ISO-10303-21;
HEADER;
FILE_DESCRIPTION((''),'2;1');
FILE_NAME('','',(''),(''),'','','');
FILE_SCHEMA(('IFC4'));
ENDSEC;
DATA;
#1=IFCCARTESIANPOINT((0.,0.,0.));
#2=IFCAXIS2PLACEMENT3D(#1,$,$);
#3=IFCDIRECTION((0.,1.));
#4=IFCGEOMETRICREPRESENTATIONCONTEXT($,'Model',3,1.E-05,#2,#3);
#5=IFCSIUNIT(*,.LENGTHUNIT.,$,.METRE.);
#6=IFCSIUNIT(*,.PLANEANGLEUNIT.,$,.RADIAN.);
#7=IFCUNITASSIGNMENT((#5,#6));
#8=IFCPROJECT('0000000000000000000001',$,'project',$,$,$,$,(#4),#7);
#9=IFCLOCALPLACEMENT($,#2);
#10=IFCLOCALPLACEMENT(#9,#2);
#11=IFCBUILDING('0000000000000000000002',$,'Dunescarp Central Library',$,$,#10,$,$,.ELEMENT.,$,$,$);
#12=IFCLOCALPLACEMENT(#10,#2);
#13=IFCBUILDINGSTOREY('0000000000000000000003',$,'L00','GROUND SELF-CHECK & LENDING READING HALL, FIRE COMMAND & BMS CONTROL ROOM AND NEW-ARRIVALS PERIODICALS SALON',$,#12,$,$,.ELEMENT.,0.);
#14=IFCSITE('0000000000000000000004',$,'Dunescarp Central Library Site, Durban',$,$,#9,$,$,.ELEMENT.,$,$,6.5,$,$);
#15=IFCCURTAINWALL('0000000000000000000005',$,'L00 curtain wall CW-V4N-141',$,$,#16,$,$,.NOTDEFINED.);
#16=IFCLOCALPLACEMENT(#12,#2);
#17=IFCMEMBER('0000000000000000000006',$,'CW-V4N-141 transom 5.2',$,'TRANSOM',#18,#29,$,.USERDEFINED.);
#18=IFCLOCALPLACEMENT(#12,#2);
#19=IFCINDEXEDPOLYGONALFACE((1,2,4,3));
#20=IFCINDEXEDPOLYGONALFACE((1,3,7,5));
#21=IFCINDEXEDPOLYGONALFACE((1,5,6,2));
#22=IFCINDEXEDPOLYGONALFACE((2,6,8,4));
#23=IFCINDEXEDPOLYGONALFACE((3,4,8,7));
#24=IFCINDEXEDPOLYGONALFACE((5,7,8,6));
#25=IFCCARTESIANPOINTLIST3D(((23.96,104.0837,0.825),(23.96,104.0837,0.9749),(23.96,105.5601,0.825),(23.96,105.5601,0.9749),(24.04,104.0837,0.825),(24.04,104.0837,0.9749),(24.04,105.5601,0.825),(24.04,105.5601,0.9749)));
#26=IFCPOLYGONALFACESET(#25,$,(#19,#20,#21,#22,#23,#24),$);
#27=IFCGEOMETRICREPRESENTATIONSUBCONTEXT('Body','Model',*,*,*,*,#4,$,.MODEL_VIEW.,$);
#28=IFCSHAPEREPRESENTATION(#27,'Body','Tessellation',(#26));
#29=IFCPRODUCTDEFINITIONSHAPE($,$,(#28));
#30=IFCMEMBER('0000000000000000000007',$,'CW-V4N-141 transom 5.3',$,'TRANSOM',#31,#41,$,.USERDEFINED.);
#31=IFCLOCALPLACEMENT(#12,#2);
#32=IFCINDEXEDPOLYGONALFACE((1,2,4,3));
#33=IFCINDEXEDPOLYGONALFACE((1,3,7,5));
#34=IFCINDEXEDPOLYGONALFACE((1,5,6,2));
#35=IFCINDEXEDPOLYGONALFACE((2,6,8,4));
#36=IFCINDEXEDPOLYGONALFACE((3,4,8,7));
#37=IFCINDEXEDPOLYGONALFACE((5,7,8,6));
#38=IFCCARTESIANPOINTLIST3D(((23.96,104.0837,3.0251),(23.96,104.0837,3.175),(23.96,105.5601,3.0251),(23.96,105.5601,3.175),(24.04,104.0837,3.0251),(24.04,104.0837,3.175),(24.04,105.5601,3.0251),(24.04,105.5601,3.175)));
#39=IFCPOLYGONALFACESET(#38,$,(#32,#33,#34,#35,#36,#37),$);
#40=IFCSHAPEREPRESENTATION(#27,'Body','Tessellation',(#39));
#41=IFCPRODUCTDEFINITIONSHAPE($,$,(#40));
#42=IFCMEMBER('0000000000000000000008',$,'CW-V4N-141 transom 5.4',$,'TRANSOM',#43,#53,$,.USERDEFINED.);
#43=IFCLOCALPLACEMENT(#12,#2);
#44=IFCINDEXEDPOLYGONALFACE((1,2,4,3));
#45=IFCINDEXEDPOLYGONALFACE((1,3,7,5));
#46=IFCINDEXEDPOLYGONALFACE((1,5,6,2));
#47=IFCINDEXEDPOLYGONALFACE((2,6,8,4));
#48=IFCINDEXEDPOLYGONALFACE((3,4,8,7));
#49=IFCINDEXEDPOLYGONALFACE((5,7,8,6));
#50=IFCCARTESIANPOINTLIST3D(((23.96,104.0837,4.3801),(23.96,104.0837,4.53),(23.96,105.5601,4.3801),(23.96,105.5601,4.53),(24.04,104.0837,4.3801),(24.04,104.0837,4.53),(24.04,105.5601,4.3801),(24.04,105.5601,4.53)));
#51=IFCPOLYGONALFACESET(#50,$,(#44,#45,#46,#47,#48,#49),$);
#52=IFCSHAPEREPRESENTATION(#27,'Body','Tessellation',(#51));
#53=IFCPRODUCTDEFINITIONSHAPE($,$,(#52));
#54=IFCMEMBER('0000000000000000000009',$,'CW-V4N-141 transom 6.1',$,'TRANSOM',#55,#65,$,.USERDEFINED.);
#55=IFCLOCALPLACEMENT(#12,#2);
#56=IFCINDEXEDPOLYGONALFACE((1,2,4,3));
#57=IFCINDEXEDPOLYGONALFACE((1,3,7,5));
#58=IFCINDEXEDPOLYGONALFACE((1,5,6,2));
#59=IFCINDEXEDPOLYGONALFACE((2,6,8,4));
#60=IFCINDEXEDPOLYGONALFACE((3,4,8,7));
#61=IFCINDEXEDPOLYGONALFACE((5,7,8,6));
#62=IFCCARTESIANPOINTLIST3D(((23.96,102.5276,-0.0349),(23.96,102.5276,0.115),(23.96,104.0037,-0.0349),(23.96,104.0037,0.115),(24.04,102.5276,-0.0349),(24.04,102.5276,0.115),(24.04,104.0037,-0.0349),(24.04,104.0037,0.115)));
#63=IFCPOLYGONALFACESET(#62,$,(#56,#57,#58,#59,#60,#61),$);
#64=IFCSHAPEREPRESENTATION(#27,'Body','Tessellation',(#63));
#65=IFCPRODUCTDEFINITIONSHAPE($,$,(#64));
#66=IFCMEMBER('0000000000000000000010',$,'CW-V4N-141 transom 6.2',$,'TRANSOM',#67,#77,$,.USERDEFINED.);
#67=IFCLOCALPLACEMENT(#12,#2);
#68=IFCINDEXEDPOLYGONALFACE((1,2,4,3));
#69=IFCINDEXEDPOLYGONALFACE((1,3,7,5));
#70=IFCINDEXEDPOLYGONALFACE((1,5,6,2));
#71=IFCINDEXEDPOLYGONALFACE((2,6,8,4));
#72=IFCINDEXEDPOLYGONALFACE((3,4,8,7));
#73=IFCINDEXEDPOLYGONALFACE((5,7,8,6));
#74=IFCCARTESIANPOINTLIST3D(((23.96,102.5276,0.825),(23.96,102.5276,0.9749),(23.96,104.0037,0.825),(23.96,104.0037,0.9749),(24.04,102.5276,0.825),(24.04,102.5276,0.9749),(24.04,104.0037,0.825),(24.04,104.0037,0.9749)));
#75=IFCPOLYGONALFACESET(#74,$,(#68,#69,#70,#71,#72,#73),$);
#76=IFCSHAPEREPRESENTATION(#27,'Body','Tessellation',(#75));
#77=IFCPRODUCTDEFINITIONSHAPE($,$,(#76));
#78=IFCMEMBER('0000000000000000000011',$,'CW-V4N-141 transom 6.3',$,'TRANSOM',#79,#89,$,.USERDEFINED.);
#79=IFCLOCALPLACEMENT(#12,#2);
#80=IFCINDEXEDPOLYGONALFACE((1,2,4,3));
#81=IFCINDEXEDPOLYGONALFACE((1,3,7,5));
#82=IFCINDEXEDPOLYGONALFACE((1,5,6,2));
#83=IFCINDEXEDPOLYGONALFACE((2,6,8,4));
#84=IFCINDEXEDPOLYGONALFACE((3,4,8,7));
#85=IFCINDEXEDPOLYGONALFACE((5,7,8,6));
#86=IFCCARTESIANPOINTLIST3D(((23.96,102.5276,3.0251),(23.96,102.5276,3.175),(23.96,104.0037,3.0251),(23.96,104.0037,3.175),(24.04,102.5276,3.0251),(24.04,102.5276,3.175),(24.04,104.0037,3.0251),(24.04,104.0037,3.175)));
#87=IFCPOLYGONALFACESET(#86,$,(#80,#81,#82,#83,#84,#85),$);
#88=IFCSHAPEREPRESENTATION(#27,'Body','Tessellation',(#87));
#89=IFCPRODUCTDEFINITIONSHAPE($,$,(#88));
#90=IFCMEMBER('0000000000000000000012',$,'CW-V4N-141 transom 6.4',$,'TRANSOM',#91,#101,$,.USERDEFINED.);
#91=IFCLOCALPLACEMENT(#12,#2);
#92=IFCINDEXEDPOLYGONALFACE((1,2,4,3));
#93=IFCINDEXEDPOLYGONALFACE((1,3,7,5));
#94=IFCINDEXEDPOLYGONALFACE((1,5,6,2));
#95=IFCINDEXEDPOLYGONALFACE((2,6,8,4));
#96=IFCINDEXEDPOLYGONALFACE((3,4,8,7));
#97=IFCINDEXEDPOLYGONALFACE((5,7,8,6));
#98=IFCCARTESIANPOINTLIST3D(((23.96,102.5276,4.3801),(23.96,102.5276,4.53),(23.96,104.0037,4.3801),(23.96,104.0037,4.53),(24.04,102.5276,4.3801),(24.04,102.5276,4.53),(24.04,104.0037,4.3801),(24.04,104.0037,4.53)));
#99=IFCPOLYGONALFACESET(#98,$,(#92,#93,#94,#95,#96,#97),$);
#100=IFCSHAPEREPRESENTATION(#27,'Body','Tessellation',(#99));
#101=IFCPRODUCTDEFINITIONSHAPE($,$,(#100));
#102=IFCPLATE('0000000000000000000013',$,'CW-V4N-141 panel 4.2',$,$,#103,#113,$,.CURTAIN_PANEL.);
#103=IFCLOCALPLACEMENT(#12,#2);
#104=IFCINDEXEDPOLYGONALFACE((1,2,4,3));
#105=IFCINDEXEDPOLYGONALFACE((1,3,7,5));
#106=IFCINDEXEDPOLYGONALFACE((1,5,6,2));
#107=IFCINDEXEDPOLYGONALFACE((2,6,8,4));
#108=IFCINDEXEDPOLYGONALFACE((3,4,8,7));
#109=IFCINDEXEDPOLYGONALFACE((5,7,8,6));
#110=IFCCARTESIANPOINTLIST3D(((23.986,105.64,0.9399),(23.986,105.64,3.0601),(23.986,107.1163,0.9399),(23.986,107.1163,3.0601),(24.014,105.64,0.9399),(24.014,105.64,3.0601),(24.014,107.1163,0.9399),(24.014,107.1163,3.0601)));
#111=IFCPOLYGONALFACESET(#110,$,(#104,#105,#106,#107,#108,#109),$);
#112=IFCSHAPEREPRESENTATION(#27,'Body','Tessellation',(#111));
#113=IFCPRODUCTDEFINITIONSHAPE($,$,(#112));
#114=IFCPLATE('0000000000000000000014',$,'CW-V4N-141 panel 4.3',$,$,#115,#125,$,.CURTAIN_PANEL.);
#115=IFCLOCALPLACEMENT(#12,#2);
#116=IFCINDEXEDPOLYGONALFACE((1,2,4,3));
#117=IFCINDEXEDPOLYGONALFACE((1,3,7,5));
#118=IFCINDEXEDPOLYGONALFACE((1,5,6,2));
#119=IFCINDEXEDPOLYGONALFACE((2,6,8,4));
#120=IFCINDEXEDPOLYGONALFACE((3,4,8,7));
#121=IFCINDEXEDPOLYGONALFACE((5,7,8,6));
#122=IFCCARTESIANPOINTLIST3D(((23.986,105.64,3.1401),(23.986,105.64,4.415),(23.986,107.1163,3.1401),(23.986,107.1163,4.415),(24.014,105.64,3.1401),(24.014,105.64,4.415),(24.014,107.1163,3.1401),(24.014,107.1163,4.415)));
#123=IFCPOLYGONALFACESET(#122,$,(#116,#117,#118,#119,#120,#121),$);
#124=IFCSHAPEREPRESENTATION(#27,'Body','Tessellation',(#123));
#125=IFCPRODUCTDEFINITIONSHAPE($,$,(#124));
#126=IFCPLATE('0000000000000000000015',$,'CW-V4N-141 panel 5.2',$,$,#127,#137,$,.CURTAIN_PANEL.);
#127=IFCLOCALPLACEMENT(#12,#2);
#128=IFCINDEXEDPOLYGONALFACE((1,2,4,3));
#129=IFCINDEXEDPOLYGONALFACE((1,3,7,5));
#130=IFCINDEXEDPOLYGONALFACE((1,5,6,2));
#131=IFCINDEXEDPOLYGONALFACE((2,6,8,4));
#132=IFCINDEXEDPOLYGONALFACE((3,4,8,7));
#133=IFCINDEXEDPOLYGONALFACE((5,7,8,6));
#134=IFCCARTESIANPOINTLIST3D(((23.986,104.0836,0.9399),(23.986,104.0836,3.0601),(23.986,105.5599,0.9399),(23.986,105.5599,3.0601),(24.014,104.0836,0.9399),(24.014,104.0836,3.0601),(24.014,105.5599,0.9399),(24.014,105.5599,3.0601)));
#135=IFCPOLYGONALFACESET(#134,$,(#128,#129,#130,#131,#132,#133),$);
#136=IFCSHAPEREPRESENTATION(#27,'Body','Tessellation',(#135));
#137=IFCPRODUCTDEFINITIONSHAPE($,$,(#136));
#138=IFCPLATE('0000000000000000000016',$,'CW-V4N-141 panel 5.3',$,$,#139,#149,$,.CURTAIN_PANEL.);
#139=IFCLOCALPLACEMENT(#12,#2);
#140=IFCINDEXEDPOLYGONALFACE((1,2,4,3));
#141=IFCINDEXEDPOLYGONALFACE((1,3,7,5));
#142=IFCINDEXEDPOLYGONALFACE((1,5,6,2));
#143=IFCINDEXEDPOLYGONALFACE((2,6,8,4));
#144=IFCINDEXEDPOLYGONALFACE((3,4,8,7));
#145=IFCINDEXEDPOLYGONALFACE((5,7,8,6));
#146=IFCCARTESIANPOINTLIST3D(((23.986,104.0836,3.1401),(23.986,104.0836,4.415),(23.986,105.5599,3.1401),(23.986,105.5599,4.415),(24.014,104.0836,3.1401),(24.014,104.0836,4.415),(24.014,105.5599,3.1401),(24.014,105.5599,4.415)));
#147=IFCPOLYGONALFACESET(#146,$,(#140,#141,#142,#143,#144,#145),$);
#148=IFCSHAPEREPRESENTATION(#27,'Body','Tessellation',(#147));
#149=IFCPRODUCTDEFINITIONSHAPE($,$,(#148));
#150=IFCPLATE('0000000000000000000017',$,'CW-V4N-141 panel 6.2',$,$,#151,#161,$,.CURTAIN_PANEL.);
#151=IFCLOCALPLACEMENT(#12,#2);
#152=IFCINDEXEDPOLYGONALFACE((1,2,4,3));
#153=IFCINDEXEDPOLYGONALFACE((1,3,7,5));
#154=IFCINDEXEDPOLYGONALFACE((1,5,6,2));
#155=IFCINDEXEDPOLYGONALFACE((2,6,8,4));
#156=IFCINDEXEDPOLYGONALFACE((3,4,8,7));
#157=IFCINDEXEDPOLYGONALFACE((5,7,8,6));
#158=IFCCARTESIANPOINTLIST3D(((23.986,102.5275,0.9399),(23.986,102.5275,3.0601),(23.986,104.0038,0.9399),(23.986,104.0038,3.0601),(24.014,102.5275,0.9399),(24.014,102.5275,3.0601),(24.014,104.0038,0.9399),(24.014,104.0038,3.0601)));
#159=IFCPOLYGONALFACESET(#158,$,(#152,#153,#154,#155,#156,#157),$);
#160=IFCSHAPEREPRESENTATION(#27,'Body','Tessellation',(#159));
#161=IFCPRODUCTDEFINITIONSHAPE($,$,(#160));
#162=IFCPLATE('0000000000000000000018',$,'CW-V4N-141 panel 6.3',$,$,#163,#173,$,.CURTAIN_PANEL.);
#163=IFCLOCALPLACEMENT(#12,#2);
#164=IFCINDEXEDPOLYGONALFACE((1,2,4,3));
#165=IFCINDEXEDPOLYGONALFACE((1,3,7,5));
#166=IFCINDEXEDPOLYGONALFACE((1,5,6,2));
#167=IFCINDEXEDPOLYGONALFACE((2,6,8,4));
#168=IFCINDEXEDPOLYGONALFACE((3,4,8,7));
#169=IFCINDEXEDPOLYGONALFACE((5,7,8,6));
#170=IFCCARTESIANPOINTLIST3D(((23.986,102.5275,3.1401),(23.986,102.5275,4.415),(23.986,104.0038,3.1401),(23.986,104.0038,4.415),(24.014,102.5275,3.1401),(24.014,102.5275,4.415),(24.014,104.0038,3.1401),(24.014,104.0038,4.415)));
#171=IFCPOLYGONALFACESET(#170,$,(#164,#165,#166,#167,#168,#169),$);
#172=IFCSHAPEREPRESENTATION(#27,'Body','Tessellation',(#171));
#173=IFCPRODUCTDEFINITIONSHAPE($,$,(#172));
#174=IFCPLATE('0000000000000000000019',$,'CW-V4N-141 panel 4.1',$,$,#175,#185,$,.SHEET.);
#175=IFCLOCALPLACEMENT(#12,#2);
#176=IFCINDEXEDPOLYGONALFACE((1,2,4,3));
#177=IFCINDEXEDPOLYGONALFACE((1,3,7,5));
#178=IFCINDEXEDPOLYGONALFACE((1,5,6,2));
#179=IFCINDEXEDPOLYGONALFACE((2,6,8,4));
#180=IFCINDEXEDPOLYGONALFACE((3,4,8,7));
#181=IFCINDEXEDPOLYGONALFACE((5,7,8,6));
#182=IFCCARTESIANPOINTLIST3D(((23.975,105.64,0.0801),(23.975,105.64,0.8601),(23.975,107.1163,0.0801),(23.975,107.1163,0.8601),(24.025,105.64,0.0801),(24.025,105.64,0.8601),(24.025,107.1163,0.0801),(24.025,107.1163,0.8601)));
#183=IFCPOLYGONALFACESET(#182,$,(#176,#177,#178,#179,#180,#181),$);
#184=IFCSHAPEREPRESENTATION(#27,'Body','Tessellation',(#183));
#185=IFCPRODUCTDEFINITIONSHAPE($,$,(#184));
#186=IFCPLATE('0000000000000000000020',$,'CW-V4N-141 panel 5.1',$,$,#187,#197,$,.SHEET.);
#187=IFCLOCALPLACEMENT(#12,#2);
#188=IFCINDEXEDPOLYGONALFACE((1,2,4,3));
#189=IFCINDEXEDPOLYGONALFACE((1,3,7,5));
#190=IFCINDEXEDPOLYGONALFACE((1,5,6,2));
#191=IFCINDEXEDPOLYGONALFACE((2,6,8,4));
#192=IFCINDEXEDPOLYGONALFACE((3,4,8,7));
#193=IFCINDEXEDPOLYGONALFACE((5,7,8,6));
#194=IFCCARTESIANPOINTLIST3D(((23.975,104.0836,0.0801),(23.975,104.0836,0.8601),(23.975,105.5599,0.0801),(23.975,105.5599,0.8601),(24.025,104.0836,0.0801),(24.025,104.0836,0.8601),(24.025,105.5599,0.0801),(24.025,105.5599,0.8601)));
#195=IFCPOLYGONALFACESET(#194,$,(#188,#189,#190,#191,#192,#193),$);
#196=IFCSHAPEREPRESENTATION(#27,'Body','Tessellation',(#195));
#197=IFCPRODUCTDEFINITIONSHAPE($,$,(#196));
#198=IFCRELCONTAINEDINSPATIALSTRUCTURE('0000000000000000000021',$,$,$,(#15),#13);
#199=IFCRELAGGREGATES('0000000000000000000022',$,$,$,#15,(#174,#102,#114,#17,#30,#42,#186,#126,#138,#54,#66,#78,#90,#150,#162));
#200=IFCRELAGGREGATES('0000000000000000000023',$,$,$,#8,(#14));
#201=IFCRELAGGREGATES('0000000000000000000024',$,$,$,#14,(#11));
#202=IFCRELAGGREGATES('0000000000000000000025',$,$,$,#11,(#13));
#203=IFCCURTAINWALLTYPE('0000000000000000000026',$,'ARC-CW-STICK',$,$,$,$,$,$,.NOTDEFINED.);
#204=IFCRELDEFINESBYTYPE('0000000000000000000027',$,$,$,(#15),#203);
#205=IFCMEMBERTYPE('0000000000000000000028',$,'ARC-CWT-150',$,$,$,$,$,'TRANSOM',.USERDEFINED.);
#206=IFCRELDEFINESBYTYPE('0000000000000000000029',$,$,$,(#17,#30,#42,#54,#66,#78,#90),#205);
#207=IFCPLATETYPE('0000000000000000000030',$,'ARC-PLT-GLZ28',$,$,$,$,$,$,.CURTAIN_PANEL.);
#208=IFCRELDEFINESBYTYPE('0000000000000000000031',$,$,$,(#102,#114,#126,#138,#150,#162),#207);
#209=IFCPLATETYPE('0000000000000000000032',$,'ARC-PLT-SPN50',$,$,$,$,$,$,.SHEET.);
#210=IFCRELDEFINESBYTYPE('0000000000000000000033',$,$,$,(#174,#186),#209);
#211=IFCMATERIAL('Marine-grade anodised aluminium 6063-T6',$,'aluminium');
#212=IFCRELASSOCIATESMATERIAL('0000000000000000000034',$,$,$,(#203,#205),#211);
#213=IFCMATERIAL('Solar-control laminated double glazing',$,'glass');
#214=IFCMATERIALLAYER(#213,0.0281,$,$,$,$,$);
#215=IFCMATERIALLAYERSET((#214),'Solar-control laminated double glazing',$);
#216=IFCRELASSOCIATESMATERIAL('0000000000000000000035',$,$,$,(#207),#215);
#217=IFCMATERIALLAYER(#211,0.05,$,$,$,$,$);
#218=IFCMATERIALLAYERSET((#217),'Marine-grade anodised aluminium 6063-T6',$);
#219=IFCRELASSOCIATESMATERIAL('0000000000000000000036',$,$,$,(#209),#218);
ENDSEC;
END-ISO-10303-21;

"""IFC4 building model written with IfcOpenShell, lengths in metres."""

from ifc_helpers import new_model, si_unit, direction, frame, origin, origin_2d, place, context, subcontext, project, spatial, rectangle, extrude, material, layer, layer_set, material_profile, profile_set, type_object, element, aggregate, save


model = new_model("IFC4")

# Units and contexts
model_context = context("Model", 3, precision=1e-05, world=origin(), true_north=direction((0.0, 1.0)))
body_context = subcontext(model_context, "Body", "Model", "MODEL_VIEW")
ifc_project = project(units=[si_unit("LENGTHUNIT", "METRE"), si_unit("PLANEANGLEUNIT", "RADIAN")], contexts=[model_context])

# Site, building, storey
site_placement = place(None, origin())
site = spatial("IfcSite", under=ifc_project, at=site_placement, Name="Dunescarp Central Library Site, Durban", CompositionType="ELEMENT", RefElevation=6.5)
building_placement = place(site_placement, origin())
building = spatial("IfcBuilding", under=site, at=building_placement, Name="Dunescarp Central Library", CompositionType="ELEMENT")
storey_placement = place(building_placement, origin())
storey = spatial("IfcBuildingStorey", under=building, at=storey_placement, Name="L00", Description="GROUND SELF-CHECK & LENDING READING HALL, FIRE COMMAND & BMS CONTROL ROOM AND NEW-ARRIVALS PERIODICALS SALON", CompositionType="ELEMENT", Elevation=0.0)

# Curtain wall, members, plates
ifc_material_1 = material(Name="Marine-grade anodised aluminium 6063-T6", Category="aluminium")
curtain_wall_type = type_object("IfcCurtainWallType", Name="ARC-CW-STICK", PredefinedType="NOTDEFINED", material=ifc_material_1)
curtain_wall_placement = place(storey_placement, origin())
curtain_wall = element("IfcCurtainWall", 1, at=curtain_wall_placement, inside=storey, type_object=curtain_wall_type, Name="L00 curtain wall CW-V4N-141", PredefinedType="NOTDEFINED")
ifc_material_profile_1 = material_profile(ifc_material_1, rectangle(XDim=0.0801, YDim=0.1499, at=origin_2d()), Name="AL 80x150")
ifc_profile_set_1 = profile_set([ifc_material_profile_1], Name="Marine-grade anodised aluminium 6063-T6")
member_type_1 = type_object("IfcMemberType", Name="ARC-CWT-150", ElementType="TRANSOM", PredefinedType="USERDEFINED", material=ifc_profile_set_1)
member_1_placement = place(storey_placement, frame((24.0, 105.5601, 0.8999), z_axis=(0.0, -1.0, 0.0), x_axis=(1.0, 0.0, 0.0)))
member_1 = element("IfcMember", 2, at=member_1_placement, type_object=member_type_1, Name="CW-V4N-141 transom 5.2", ObjectType="TRANSOM", PredefinedType="USERDEFINED", context=body_context, shape_type="SweptSolid", body=[
    extrude(rectangle(XDim=0.0801, YDim=0.1499, at=origin_2d()), origin(), (0.0, 0.0, 1.0), 1.4763),
])
member_2_placement = place(storey_placement, frame((24.0, 105.5601, 3.1001), z_axis=(0.0, -1.0, 0.0), x_axis=(1.0, 0.0, 0.0)))
member_2 = element("IfcMember", 3, at=member_2_placement, type_object=member_type_1, Name="CW-V4N-141 transom 5.3", ObjectType="TRANSOM", PredefinedType="USERDEFINED", context=body_context, shape_type="SweptSolid", body=[
    extrude(rectangle(XDim=0.0801, YDim=0.1499, at=origin_2d()), origin(), (0.0, 0.0, 1.0), 1.4763),
])
member_3_placement = place(storey_placement, frame((24.0, 105.5601, 4.4551), z_axis=(0.0, -1.0, 0.0), x_axis=(1.0, 0.0, 0.0)))
member_3 = element("IfcMember", 4, at=member_3_placement, type_object=member_type_1, Name="CW-V4N-141 transom 5.4", ObjectType="TRANSOM", PredefinedType="USERDEFINED", context=body_context, shape_type="SweptSolid", body=[
    extrude(rectangle(XDim=0.0801, YDim=0.1499, at=origin_2d()), origin(), (0.0, 0.0, 1.0), 1.4763),
])
member_4_placement = place(storey_placement, frame((24.0, 104.0037, 0.04), z_axis=(0.0, -1.0, 0.0), x_axis=(1.0, 0.0, 0.0)))
member_4 = element("IfcMember", 5, at=member_4_placement, type_object=member_type_1, Name="CW-V4N-141 transom 6.1", ObjectType="TRANSOM", PredefinedType="USERDEFINED", context=body_context, shape_type="SweptSolid", body=[
    extrude(rectangle(XDim=0.0801, YDim=0.1499, at=origin_2d()), origin(), (0.0, 0.0, 1.0), 1.4761),
])
member_5_placement = place(storey_placement, frame((24.0, 104.0037, 0.8999), z_axis=(0.0, -1.0, 0.0), x_axis=(1.0, 0.0, 0.0)))
member_5 = element("IfcMember", 6, at=member_5_placement, type_object=member_type_1, Name="CW-V4N-141 transom 6.2", ObjectType="TRANSOM", PredefinedType="USERDEFINED", context=body_context, shape_type="SweptSolid", body=[
    extrude(rectangle(XDim=0.0801, YDim=0.1499, at=origin_2d()), origin(), (0.0, 0.0, 1.0), 1.4761),
])
member_6_placement = place(storey_placement, frame((24.0, 104.0037, 3.1001), z_axis=(0.0, -1.0, 0.0), x_axis=(1.0, 0.0, 0.0)))
member_6 = element("IfcMember", 7, at=member_6_placement, type_object=member_type_1, Name="CW-V4N-141 transom 6.3", ObjectType="TRANSOM", PredefinedType="USERDEFINED", context=body_context, shape_type="SweptSolid", body=[
    extrude(rectangle(XDim=0.0801, YDim=0.1499, at=origin_2d()), origin(), (0.0, 0.0, 1.0), 1.4761),
])
member_7_placement = place(storey_placement, frame((24.0, 104.0037, 4.4551), z_axis=(0.0, -1.0, 0.0), x_axis=(1.0, 0.0, 0.0)))
member_7 = element("IfcMember", 8, at=member_7_placement, type_object=member_type_1, Name="CW-V4N-141 transom 6.4", ObjectType="TRANSOM", PredefinedType="USERDEFINED", context=body_context, shape_type="SweptSolid", body=[
    extrude(rectangle(XDim=0.0801, YDim=0.1499, at=origin_2d()), origin(), (0.0, 0.0, 1.0), 1.4761),
])
ifc_material_2 = material(Name="Solar-control laminated double glazing", Category="glass")
ifc_layer_1 = layer(ifc_material_2, 0.0281)
ifc_layer_set_1 = layer_set([ifc_layer_1], Name="Solar-control laminated double glazing")
plate_type_1 = type_object("IfcPlateType", Name="ARC-PLT-GLZ28", PredefinedType="CURTAIN_PANEL", material=ifc_layer_set_1)
plate_1_placement = place(storey_placement, frame((24.0, 106.3782, 0.9399), z_axis=(0.0, 0.0, 1.0), x_axis=(0.0, -1.0, 0.0)))
plate_1 = element("IfcPlate", 9, at=plate_1_placement, type_object=plate_type_1, Name="CW-V4N-141 panel 4.2", PredefinedType="CURTAIN_PANEL", context=body_context, shape_type="SweptSolid", body=[
    extrude(rectangle(XDim=1.4763, YDim=0.0281, at=origin_2d()), origin(), (0.0, 0.0, 1.0), 2.1201),
])
plate_2_placement = place(storey_placement, frame((24.0, 106.3782, 3.1401), z_axis=(0.0, 0.0, 1.0), x_axis=(0.0, -1.0, 0.0)))
plate_2 = element("IfcPlate", 10, at=plate_2_placement, type_object=plate_type_1, Name="CW-V4N-141 panel 4.3", PredefinedType="CURTAIN_PANEL", context=body_context, shape_type="SweptSolid", body=[
    extrude(rectangle(XDim=1.4763, YDim=0.0281, at=origin_2d()), origin(), (0.0, 0.0, 1.0), 1.2749),
])
plate_3_placement = place(storey_placement, frame((24.0, 104.8218, 0.9399), z_axis=(0.0, 0.0, 1.0), x_axis=(0.0, -1.0, 0.0)))
plate_3 = element("IfcPlate", 11, at=plate_3_placement, type_object=plate_type_1, Name="CW-V4N-141 panel 5.2", PredefinedType="CURTAIN_PANEL", context=body_context, shape_type="SweptSolid", body=[
    extrude(rectangle(XDim=1.4763, YDim=0.0281, at=origin_2d()), origin(), (0.0, 0.0, 1.0), 2.1201),
])
plate_4_placement = place(storey_placement, frame((24.0, 104.8218, 3.1401), z_axis=(0.0, 0.0, 1.0), x_axis=(0.0, -1.0, 0.0)))
plate_4 = element("IfcPlate", 12, at=plate_4_placement, type_object=plate_type_1, Name="CW-V4N-141 panel 5.3", PredefinedType="CURTAIN_PANEL", context=body_context, shape_type="SweptSolid", body=[
    extrude(rectangle(XDim=1.4763, YDim=0.0281, at=origin_2d()), origin(), (0.0, 0.0, 1.0), 1.2749),
])
plate_5_placement = place(storey_placement, frame((24.0, 103.2656, 0.9399), z_axis=(0.0, 0.0, 1.0), x_axis=(0.0, -1.0, 0.0)))
plate_5 = element("IfcPlate", 13, at=plate_5_placement, type_object=plate_type_1, Name="CW-V4N-141 panel 6.2", PredefinedType="CURTAIN_PANEL", context=body_context, shape_type="SweptSolid", body=[
    extrude(rectangle(XDim=1.4763, YDim=0.0281, at=origin_2d()), origin(), (0.0, 0.0, 1.0), 2.1201),
])
plate_6_placement = place(storey_placement, frame((24.0, 103.2656, 3.1401), z_axis=(0.0, 0.0, 1.0), x_axis=(0.0, -1.0, 0.0)))
plate_6 = element("IfcPlate", 14, at=plate_6_placement, type_object=plate_type_1, Name="CW-V4N-141 panel 6.3", PredefinedType="CURTAIN_PANEL", context=body_context, shape_type="SweptSolid", body=[
    extrude(rectangle(XDim=1.4763, YDim=0.0281, at=origin_2d()), origin(), (0.0, 0.0, 1.0), 1.2749),
])
ifc_layer_2 = layer(ifc_material_1, 0.05)
ifc_layer_set_2 = layer_set([ifc_layer_2], Name="Marine-grade anodised aluminium 6063-T6")
plate_type_2 = type_object("IfcPlateType", Name="ARC-PLT-SPN50", PredefinedType="SHEET", material=ifc_layer_set_2)
plate_7_placement = place(storey_placement, frame((24.0, 106.3782, 0.0801), z_axis=(0.0, 0.0, 1.0), x_axis=(0.0, -1.0, 0.0)))
plate_7 = element("IfcPlate", 15, at=plate_7_placement, type_object=plate_type_2, Name="CW-V4N-141 panel 4.1", PredefinedType="SHEET", context=body_context, shape_type="SweptSolid", body=[
    extrude(rectangle(XDim=1.4763, YDim=0.05, at=origin_2d()), origin(), (0.0, 0.0, 1.0), 0.78),
])
plate_8_placement = place(storey_placement, frame((24.0, 104.8218, 0.0801), z_axis=(0.0, 0.0, 1.0), x_axis=(0.0, -1.0, 0.0)))
plate_8 = element("IfcPlate", 16, at=plate_8_placement, type_object=plate_type_2, Name="CW-V4N-141 panel 5.1", PredefinedType="SHEET", context=body_context, shape_type="SweptSolid", body=[
    extrude(rectangle(XDim=1.4763, YDim=0.05, at=origin_2d()), origin(), (0.0, 0.0, 1.0), 0.78),
])
aggregate(curtain_wall, [plate_7, plate_1, plate_2, member_1, member_2, member_3, plate_8, plate_3, plate_4, member_4, member_5, member_6, member_7, plate_5, plate_6])

save(model, "model.ifc")
